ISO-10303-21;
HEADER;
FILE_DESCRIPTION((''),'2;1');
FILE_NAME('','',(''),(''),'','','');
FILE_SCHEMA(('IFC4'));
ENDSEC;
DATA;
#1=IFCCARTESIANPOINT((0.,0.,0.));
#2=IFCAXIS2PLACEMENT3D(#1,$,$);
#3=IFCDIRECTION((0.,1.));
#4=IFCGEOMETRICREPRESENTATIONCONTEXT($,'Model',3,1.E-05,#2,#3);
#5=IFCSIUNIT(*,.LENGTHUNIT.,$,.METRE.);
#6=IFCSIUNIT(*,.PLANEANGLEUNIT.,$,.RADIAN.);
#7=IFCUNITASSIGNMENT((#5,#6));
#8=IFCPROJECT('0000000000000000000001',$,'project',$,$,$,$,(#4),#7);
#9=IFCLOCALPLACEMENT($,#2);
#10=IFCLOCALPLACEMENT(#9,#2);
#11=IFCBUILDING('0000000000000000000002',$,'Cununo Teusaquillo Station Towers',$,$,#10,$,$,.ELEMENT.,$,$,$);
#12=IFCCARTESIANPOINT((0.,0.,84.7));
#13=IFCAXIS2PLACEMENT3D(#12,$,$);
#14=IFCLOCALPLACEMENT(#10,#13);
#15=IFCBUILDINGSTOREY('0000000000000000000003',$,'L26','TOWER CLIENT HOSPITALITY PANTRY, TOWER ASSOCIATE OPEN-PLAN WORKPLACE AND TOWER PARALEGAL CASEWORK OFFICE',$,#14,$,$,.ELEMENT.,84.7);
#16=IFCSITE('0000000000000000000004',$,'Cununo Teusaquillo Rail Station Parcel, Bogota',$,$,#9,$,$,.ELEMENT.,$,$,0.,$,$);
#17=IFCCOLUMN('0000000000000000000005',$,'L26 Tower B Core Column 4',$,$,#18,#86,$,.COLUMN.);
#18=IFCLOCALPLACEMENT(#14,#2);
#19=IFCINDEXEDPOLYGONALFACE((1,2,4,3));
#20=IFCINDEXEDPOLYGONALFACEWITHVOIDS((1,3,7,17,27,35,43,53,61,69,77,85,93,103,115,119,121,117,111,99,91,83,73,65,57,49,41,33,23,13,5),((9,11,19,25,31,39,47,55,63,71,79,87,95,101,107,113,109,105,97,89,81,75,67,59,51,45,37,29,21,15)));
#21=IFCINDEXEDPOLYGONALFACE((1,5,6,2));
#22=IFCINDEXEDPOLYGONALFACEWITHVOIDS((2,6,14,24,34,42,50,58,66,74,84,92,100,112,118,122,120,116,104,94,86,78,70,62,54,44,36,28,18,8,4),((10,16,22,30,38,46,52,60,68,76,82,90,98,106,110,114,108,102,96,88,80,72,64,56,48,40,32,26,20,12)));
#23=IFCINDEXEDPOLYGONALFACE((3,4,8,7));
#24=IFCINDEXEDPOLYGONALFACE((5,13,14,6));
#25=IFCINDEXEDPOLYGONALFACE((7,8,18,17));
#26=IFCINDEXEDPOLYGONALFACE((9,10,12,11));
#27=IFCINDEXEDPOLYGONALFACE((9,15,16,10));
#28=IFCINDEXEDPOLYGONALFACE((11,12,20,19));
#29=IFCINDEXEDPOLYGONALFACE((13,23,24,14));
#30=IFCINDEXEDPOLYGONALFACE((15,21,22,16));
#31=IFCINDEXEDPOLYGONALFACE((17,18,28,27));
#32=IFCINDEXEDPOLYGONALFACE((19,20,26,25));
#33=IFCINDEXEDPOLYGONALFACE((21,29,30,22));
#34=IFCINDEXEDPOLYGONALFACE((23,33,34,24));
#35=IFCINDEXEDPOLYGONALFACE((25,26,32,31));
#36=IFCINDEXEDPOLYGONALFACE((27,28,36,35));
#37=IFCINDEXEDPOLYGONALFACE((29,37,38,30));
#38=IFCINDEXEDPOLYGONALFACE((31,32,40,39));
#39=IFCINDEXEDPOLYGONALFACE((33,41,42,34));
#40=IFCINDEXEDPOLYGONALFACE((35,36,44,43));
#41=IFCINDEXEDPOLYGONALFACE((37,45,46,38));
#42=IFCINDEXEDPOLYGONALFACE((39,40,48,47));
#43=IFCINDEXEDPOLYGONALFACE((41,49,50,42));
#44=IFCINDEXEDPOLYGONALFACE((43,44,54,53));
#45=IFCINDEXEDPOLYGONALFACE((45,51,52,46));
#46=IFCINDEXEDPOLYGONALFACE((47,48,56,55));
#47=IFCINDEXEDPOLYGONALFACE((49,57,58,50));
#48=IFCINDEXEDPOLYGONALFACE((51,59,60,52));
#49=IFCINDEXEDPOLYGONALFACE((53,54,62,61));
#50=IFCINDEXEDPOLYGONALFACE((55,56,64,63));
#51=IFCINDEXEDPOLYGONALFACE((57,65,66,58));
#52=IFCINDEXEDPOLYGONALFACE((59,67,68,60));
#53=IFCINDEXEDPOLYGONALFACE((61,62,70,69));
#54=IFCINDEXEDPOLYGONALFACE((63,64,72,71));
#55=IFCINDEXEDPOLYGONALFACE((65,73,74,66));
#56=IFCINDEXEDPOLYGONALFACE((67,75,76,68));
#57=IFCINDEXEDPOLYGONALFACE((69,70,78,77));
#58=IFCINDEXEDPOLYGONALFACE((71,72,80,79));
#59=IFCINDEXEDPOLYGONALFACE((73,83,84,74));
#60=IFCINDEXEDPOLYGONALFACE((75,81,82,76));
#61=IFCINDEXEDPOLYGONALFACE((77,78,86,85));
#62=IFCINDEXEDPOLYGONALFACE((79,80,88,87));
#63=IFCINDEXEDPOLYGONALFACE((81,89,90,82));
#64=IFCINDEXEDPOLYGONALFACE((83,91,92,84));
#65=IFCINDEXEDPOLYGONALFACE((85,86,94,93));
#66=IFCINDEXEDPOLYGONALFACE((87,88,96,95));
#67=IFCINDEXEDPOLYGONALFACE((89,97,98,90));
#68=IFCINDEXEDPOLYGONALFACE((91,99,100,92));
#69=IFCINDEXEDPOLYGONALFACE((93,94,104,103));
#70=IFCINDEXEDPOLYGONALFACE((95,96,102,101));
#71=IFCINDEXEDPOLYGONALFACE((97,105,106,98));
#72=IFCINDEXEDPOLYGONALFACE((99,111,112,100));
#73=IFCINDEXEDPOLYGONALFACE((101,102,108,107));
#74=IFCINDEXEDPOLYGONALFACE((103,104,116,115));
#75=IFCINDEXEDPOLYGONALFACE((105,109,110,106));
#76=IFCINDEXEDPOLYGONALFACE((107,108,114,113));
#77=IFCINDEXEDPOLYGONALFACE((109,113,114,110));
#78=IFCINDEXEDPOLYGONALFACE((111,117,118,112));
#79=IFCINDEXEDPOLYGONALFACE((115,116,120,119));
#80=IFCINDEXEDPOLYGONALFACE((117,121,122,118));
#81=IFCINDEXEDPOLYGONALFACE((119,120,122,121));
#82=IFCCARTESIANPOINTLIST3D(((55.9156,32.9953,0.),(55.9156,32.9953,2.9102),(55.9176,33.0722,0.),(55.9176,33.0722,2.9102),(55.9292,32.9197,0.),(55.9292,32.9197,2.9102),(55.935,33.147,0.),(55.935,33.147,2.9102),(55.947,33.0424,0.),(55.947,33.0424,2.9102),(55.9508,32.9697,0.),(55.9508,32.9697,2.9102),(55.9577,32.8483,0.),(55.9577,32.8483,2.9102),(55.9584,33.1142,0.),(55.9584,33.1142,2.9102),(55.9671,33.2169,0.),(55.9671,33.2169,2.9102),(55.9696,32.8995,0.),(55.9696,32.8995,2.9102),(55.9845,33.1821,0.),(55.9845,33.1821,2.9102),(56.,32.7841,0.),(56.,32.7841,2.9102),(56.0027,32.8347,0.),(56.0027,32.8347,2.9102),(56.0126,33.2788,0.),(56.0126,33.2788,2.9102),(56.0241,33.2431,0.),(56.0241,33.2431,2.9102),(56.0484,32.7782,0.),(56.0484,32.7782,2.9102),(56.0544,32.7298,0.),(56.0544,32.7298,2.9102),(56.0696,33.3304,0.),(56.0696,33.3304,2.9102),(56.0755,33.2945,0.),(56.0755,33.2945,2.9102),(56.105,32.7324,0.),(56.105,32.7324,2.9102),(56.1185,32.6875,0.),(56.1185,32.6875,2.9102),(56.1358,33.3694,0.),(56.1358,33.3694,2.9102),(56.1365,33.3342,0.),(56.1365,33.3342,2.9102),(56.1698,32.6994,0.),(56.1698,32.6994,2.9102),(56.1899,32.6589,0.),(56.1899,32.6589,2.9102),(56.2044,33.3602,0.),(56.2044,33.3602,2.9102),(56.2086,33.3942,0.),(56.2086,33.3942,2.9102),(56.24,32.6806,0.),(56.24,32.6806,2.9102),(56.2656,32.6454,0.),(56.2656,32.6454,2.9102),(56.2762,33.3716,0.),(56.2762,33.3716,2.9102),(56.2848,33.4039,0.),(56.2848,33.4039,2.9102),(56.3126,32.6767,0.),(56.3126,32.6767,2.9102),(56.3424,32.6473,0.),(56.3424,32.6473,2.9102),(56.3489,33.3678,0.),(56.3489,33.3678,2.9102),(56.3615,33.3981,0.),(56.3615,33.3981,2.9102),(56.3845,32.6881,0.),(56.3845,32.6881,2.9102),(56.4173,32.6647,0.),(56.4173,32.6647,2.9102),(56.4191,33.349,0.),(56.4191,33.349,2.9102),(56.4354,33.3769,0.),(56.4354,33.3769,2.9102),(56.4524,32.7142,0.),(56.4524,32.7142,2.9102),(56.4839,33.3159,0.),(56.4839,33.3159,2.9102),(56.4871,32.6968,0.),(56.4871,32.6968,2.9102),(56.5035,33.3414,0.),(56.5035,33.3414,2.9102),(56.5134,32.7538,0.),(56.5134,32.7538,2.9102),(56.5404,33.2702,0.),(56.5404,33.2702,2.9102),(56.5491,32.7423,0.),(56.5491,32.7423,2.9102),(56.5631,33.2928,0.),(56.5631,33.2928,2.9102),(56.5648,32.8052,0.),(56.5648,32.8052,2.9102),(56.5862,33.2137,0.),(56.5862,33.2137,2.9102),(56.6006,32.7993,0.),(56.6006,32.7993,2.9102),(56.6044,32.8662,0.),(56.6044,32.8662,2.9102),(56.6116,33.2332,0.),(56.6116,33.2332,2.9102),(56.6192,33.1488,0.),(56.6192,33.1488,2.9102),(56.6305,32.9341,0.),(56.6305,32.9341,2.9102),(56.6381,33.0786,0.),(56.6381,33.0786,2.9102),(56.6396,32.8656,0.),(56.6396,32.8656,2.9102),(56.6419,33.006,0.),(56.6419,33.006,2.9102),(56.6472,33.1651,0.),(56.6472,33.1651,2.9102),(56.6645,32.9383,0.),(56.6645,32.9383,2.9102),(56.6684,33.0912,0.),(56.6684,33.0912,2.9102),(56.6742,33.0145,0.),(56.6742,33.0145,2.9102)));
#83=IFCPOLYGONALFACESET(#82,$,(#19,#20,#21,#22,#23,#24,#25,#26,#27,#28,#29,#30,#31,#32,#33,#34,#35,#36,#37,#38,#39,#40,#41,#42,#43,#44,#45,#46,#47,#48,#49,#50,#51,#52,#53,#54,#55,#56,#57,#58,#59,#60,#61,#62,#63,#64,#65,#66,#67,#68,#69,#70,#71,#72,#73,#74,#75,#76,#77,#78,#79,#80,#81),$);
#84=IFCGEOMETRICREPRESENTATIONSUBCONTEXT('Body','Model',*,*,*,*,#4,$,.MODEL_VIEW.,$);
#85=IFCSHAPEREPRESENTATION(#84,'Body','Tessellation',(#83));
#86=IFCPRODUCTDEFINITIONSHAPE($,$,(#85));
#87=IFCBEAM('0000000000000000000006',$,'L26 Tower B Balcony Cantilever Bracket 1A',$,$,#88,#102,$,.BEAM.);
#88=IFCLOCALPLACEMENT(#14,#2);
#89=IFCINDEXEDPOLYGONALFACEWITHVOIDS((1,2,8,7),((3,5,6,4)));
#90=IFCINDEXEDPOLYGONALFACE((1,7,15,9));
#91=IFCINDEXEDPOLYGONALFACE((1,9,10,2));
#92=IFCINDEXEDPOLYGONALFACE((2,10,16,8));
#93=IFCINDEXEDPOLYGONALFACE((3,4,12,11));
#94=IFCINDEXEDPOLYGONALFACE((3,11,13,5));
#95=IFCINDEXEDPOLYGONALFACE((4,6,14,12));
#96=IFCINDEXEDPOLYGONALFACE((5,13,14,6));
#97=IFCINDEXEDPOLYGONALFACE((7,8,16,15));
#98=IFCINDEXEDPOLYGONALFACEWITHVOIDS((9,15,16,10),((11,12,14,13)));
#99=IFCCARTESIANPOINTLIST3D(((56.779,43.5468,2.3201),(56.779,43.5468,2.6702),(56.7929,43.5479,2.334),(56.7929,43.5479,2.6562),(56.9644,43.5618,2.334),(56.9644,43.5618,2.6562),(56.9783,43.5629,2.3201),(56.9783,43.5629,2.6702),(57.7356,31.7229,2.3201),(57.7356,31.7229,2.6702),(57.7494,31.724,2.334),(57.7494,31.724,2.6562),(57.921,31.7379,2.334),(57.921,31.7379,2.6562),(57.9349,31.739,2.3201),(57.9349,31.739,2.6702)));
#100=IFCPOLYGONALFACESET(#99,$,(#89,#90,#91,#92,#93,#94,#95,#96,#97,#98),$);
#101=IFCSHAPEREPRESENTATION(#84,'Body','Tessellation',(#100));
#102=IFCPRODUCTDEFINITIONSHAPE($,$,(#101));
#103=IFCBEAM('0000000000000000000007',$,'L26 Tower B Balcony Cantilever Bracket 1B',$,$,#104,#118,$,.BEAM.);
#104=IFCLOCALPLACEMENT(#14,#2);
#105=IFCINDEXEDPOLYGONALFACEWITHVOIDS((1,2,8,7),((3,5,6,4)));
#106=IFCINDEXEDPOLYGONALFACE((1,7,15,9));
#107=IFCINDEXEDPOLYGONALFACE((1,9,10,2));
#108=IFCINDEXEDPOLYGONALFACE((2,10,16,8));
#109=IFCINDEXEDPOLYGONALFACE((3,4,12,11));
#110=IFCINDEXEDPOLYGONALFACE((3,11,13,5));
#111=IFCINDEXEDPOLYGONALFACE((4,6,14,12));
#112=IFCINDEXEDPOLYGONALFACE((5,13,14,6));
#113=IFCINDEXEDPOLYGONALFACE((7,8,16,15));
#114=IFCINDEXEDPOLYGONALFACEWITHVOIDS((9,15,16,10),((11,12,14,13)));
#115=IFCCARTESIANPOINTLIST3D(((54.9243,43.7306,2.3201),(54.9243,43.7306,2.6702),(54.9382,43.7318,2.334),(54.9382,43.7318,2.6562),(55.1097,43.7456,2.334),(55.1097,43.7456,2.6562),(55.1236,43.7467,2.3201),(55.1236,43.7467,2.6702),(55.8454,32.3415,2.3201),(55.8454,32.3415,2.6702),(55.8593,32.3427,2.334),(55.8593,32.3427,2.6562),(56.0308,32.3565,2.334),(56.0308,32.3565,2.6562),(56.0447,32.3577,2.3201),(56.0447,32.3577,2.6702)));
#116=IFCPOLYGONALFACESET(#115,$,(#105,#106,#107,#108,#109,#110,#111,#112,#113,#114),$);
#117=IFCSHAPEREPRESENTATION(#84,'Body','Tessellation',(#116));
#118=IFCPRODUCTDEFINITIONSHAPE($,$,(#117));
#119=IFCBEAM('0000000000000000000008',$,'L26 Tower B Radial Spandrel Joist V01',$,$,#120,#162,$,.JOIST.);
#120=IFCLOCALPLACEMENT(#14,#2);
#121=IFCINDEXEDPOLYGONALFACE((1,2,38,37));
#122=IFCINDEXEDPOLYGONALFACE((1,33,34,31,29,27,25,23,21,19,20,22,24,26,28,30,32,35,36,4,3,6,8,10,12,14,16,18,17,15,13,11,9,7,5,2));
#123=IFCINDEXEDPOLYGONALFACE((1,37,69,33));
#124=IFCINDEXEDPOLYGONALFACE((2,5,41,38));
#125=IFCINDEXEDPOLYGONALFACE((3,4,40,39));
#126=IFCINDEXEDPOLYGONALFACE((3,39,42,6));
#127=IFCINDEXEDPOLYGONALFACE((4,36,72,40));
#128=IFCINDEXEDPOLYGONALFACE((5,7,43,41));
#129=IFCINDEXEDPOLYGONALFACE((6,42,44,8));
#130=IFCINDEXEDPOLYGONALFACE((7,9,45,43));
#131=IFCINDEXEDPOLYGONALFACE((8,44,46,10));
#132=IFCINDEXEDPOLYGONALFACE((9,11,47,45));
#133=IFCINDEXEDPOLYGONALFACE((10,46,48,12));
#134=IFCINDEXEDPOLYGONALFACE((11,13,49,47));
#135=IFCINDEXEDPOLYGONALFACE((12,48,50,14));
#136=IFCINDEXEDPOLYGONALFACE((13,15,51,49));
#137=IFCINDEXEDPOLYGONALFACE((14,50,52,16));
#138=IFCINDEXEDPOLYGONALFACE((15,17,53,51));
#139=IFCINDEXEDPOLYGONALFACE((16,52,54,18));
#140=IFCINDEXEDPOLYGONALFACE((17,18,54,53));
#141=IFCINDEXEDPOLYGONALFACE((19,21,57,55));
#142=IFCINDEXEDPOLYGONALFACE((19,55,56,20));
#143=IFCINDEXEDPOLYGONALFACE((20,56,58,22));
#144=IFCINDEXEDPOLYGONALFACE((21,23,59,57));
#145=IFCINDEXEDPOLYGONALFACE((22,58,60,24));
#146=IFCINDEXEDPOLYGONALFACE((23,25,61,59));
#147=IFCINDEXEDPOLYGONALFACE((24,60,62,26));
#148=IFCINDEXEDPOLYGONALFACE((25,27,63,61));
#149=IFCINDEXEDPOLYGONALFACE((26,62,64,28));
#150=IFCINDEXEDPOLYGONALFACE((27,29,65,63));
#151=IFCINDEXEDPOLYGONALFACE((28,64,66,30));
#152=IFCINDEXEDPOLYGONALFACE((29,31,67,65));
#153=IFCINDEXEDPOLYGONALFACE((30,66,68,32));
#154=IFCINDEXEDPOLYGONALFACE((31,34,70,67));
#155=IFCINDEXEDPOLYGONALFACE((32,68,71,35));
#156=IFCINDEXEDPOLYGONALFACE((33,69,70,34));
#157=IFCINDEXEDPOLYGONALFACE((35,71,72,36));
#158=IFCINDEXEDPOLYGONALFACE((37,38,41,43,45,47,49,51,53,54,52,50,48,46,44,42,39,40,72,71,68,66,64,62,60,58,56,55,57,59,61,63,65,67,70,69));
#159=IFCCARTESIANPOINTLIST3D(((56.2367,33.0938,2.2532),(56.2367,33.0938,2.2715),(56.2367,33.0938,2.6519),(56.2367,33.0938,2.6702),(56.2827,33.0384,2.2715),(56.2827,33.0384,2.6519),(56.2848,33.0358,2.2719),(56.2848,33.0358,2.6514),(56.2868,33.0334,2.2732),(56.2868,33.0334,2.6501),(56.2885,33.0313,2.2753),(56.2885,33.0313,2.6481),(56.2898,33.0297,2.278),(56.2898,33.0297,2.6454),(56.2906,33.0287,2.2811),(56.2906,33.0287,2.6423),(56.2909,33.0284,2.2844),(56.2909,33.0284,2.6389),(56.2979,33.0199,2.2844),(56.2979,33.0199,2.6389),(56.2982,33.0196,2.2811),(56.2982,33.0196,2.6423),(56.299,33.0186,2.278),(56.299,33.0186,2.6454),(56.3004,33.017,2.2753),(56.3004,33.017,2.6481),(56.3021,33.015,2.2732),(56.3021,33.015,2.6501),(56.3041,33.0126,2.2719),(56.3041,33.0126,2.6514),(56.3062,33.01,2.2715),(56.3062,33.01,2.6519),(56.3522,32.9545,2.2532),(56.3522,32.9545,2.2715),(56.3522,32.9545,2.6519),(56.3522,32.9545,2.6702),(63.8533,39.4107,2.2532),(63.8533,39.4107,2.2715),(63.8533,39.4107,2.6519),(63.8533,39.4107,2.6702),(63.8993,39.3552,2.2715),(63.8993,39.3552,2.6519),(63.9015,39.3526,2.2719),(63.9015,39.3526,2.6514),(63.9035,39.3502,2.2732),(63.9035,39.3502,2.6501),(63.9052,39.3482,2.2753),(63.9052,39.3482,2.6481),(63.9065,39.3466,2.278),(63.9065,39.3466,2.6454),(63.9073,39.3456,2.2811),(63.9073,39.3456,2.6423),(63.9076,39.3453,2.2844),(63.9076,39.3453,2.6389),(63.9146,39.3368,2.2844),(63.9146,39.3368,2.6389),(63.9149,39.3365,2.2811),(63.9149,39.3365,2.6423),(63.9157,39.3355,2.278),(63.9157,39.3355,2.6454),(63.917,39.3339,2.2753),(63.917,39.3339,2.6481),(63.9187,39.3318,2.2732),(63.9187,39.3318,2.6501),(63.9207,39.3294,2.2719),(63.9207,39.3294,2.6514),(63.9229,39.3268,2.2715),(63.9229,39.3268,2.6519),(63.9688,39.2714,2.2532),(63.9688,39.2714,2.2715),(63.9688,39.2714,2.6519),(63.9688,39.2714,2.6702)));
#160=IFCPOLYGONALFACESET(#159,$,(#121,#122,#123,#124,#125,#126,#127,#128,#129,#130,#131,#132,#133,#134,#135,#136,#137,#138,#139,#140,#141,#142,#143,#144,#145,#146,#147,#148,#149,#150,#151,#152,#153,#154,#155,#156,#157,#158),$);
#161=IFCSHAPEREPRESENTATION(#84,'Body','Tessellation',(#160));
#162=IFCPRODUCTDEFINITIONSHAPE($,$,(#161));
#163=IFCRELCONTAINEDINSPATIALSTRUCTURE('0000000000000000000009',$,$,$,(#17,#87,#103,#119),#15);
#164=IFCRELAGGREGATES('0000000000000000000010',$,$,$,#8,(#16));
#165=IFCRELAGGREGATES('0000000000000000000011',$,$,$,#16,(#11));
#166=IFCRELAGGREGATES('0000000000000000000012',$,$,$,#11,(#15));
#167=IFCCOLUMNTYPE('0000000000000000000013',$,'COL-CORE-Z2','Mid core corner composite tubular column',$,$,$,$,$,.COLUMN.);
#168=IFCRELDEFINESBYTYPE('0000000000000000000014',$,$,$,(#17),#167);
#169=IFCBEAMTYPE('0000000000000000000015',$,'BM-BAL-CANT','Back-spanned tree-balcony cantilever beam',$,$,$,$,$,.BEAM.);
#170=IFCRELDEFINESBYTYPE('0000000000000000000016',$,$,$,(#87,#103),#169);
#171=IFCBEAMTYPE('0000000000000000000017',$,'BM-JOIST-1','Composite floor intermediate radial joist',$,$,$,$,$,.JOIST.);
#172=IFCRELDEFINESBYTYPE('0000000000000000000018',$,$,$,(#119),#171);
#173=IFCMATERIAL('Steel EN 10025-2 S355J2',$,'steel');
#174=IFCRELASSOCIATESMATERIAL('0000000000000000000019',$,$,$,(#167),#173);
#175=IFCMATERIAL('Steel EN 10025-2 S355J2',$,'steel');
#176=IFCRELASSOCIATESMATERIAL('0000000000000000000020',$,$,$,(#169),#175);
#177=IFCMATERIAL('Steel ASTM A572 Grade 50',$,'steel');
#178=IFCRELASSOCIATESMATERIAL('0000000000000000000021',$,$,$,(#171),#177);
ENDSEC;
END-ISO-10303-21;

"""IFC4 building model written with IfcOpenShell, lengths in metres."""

from ifc_helpers import new_model, si_unit, direction, frame, origin, origin_2d, place, context, subcontext, project, spatial, hollow_rectangle, hollow_circle, i_section, extrude, material, material_profile, profile_set, type_object, element, save


model = new_model("IFC4")

# Units and contexts
model_context = context("Model", 3, precision=1e-05, world=origin(), true_north=direction((0.0, 1.0)))
body_context = subcontext(model_context, "Body", "Model", "MODEL_VIEW")
ifc_project = project(units=[si_unit("LENGTHUNIT", "METRE"), si_unit("PLANEANGLEUNIT", "RADIAN")], contexts=[model_context])

# Site, building, storey
site_placement = place(None, origin())
site = spatial("IfcSite", under=ifc_project, at=site_placement, Name="Cununo Teusaquillo Rail Station Parcel, Bogota", CompositionType="ELEMENT", RefElevation=0.0)
building_placement = place(site_placement, origin())
building = spatial("IfcBuilding", under=site, at=building_placement, Name="Cununo Teusaquillo Station Towers", CompositionType="ELEMENT")
storey_placement = place(building_placement, frame((0.0, 0.0, 84.7)))
storey = spatial("IfcBuildingStorey", under=building, at=storey_placement, Name="L26", Description="TOWER CLIENT HOSPITALITY PANTRY, TOWER ASSOCIATE OPEN-PLAN WORKPLACE AND TOWER PARALEGAL CASEWORK OFFICE", CompositionType="ELEMENT", Elevation=84.7)

# Column
ifc_material_1 = material(Name="Steel EN 10025-2 S355J2", Category="steel")
ifc_material_profile_1 = material_profile(ifc_material_1, hollow_circle(Radius=0.3799, WallThickness=0.032, at=origin_2d()), Name="CHS 760x32")
ifc_profile_set_1 = profile_set([ifc_material_profile_1], Name="Steel EN 10025-2 S355J2")
column_type = type_object("IfcColumnType", Name="COL-CORE-Z2", Description="Mid core corner composite tubular column", PredefinedType="COLUMN", material=ifc_profile_set_1)
column_placement = place(storey_placement, frame((56.2944, 33.0242, 0.0), z_axis=(0.0, 0.0, 1.0), x_axis=(0.707107, 0.707107, 0.0)))
element("IfcColumn", 1, at=column_placement, inside=storey, type_object=column_type, Name="L26 Tower B Core Column 4", PredefinedType="COLUMN", context=body_context, shape_type="SweptSolid", body=[
    extrude(hollow_circle(Radius=0.3799, WallThickness=0.032, at=origin_2d()), origin(), (0.0, 0.0, 1.0), 2.9102),
])

# Beams
ifc_material_2 = material(Name="Steel EN 10025-2 S355J2", Category="steel")
ifc_material_profile_2 = material_profile(ifc_material_2, hollow_rectangle(XDim=0.2, YDim=0.3501, WallThickness=0.0139, at=origin_2d()), Name="RHS 350x200x14")
ifc_profile_set_2 = profile_set([ifc_material_profile_2], Name="Steel EN 10025-2 S355J2")
beam_type_1 = type_object("IfcBeamType", Name="BM-BAL-CANT", Description="Back-spanned tree-balcony cantilever beam", PredefinedType="BEAM", material=ifc_profile_set_2)
beam_1_placement = place(storey_placement, frame((57.8352, 31.731, 2.4951), z_axis=(-0.080635, 0.996744, 0.0), x_axis=(-0.996744, -0.080635, 0.0)))
element("IfcBeam", 2, at=beam_1_placement, inside=storey, type_object=beam_type_1, Name="L26 Tower B Balcony Cantilever Bracket 1A", PredefinedType="BEAM", context=body_context, shape_type="SweptSolid", body=[
    extrude(hollow_rectangle(XDim=0.2, YDim=0.3501, WallThickness=0.0139, at=origin_2d()), origin(), (0.0, 0.0, 1.0), 11.8625),
])
beam_2_placement = place(storey_placement, frame((55.9451, 32.3496, 2.4951), z_axis=(-0.080616, 0.996745, 0.0), x_axis=(-0.996745, -0.080616, 0.0)))
element("IfcBeam", 3, at=beam_2_placement, inside=storey, type_object=beam_type_1, Name="L26 Tower B Balcony Cantilever Bracket 1B", PredefinedType="BEAM", context=body_context, shape_type="SweptSolid", body=[
    extrude(hollow_rectangle(XDim=0.2, YDim=0.3501, WallThickness=0.0139, at=origin_2d()), origin(), (0.0, 0.0, 1.0), 11.4263),
])
ifc_material_3 = material(Name="Steel ASTM A572 Grade 50", Category="steel")
ifc_material_profile_3 = material_profile(ifc_material_3, i_section(OverallWidth=0.1809, OverallDepth=0.417, WebThickness=0.011, FlangeThickness=0.0183, FilletRadius=0.0129, at=origin_2d()), Name="W16X57")
ifc_profile_set_3 = profile_set([ifc_material_profile_3], Name="Steel ASTM A572 Grade 50")
beam_type_2 = type_object("IfcBeamType", Name="BM-JOIST-1", Description="Composite floor intermediate radial joist", PredefinedType="JOIST", material=ifc_profile_set_3)
beam_3_placement = place(storey_placement, frame((56.2944, 33.0242, 2.4617), z_axis=(0.769728, 0.638372, 0.0), x_axis=(-0.638372, 0.769728, 0.0)))
element("IfcBeam", 4, at=beam_3_placement, inside=storey, type_object=beam_type_2, Name="L26 Tower B Radial Spandrel Joist V01", PredefinedType="JOIST", context=body_context, shape_type="SweptSolid", body=[
    extrude(i_section(OverallWidth=0.1809, OverallDepth=0.417, WebThickness=0.011, FlangeThickness=0.0183, FilletRadius=0.0129, at=origin_2d()), origin(), (0.0, 0.0, 1.0), 9.8953),
])

save(model, "model.ifc")
